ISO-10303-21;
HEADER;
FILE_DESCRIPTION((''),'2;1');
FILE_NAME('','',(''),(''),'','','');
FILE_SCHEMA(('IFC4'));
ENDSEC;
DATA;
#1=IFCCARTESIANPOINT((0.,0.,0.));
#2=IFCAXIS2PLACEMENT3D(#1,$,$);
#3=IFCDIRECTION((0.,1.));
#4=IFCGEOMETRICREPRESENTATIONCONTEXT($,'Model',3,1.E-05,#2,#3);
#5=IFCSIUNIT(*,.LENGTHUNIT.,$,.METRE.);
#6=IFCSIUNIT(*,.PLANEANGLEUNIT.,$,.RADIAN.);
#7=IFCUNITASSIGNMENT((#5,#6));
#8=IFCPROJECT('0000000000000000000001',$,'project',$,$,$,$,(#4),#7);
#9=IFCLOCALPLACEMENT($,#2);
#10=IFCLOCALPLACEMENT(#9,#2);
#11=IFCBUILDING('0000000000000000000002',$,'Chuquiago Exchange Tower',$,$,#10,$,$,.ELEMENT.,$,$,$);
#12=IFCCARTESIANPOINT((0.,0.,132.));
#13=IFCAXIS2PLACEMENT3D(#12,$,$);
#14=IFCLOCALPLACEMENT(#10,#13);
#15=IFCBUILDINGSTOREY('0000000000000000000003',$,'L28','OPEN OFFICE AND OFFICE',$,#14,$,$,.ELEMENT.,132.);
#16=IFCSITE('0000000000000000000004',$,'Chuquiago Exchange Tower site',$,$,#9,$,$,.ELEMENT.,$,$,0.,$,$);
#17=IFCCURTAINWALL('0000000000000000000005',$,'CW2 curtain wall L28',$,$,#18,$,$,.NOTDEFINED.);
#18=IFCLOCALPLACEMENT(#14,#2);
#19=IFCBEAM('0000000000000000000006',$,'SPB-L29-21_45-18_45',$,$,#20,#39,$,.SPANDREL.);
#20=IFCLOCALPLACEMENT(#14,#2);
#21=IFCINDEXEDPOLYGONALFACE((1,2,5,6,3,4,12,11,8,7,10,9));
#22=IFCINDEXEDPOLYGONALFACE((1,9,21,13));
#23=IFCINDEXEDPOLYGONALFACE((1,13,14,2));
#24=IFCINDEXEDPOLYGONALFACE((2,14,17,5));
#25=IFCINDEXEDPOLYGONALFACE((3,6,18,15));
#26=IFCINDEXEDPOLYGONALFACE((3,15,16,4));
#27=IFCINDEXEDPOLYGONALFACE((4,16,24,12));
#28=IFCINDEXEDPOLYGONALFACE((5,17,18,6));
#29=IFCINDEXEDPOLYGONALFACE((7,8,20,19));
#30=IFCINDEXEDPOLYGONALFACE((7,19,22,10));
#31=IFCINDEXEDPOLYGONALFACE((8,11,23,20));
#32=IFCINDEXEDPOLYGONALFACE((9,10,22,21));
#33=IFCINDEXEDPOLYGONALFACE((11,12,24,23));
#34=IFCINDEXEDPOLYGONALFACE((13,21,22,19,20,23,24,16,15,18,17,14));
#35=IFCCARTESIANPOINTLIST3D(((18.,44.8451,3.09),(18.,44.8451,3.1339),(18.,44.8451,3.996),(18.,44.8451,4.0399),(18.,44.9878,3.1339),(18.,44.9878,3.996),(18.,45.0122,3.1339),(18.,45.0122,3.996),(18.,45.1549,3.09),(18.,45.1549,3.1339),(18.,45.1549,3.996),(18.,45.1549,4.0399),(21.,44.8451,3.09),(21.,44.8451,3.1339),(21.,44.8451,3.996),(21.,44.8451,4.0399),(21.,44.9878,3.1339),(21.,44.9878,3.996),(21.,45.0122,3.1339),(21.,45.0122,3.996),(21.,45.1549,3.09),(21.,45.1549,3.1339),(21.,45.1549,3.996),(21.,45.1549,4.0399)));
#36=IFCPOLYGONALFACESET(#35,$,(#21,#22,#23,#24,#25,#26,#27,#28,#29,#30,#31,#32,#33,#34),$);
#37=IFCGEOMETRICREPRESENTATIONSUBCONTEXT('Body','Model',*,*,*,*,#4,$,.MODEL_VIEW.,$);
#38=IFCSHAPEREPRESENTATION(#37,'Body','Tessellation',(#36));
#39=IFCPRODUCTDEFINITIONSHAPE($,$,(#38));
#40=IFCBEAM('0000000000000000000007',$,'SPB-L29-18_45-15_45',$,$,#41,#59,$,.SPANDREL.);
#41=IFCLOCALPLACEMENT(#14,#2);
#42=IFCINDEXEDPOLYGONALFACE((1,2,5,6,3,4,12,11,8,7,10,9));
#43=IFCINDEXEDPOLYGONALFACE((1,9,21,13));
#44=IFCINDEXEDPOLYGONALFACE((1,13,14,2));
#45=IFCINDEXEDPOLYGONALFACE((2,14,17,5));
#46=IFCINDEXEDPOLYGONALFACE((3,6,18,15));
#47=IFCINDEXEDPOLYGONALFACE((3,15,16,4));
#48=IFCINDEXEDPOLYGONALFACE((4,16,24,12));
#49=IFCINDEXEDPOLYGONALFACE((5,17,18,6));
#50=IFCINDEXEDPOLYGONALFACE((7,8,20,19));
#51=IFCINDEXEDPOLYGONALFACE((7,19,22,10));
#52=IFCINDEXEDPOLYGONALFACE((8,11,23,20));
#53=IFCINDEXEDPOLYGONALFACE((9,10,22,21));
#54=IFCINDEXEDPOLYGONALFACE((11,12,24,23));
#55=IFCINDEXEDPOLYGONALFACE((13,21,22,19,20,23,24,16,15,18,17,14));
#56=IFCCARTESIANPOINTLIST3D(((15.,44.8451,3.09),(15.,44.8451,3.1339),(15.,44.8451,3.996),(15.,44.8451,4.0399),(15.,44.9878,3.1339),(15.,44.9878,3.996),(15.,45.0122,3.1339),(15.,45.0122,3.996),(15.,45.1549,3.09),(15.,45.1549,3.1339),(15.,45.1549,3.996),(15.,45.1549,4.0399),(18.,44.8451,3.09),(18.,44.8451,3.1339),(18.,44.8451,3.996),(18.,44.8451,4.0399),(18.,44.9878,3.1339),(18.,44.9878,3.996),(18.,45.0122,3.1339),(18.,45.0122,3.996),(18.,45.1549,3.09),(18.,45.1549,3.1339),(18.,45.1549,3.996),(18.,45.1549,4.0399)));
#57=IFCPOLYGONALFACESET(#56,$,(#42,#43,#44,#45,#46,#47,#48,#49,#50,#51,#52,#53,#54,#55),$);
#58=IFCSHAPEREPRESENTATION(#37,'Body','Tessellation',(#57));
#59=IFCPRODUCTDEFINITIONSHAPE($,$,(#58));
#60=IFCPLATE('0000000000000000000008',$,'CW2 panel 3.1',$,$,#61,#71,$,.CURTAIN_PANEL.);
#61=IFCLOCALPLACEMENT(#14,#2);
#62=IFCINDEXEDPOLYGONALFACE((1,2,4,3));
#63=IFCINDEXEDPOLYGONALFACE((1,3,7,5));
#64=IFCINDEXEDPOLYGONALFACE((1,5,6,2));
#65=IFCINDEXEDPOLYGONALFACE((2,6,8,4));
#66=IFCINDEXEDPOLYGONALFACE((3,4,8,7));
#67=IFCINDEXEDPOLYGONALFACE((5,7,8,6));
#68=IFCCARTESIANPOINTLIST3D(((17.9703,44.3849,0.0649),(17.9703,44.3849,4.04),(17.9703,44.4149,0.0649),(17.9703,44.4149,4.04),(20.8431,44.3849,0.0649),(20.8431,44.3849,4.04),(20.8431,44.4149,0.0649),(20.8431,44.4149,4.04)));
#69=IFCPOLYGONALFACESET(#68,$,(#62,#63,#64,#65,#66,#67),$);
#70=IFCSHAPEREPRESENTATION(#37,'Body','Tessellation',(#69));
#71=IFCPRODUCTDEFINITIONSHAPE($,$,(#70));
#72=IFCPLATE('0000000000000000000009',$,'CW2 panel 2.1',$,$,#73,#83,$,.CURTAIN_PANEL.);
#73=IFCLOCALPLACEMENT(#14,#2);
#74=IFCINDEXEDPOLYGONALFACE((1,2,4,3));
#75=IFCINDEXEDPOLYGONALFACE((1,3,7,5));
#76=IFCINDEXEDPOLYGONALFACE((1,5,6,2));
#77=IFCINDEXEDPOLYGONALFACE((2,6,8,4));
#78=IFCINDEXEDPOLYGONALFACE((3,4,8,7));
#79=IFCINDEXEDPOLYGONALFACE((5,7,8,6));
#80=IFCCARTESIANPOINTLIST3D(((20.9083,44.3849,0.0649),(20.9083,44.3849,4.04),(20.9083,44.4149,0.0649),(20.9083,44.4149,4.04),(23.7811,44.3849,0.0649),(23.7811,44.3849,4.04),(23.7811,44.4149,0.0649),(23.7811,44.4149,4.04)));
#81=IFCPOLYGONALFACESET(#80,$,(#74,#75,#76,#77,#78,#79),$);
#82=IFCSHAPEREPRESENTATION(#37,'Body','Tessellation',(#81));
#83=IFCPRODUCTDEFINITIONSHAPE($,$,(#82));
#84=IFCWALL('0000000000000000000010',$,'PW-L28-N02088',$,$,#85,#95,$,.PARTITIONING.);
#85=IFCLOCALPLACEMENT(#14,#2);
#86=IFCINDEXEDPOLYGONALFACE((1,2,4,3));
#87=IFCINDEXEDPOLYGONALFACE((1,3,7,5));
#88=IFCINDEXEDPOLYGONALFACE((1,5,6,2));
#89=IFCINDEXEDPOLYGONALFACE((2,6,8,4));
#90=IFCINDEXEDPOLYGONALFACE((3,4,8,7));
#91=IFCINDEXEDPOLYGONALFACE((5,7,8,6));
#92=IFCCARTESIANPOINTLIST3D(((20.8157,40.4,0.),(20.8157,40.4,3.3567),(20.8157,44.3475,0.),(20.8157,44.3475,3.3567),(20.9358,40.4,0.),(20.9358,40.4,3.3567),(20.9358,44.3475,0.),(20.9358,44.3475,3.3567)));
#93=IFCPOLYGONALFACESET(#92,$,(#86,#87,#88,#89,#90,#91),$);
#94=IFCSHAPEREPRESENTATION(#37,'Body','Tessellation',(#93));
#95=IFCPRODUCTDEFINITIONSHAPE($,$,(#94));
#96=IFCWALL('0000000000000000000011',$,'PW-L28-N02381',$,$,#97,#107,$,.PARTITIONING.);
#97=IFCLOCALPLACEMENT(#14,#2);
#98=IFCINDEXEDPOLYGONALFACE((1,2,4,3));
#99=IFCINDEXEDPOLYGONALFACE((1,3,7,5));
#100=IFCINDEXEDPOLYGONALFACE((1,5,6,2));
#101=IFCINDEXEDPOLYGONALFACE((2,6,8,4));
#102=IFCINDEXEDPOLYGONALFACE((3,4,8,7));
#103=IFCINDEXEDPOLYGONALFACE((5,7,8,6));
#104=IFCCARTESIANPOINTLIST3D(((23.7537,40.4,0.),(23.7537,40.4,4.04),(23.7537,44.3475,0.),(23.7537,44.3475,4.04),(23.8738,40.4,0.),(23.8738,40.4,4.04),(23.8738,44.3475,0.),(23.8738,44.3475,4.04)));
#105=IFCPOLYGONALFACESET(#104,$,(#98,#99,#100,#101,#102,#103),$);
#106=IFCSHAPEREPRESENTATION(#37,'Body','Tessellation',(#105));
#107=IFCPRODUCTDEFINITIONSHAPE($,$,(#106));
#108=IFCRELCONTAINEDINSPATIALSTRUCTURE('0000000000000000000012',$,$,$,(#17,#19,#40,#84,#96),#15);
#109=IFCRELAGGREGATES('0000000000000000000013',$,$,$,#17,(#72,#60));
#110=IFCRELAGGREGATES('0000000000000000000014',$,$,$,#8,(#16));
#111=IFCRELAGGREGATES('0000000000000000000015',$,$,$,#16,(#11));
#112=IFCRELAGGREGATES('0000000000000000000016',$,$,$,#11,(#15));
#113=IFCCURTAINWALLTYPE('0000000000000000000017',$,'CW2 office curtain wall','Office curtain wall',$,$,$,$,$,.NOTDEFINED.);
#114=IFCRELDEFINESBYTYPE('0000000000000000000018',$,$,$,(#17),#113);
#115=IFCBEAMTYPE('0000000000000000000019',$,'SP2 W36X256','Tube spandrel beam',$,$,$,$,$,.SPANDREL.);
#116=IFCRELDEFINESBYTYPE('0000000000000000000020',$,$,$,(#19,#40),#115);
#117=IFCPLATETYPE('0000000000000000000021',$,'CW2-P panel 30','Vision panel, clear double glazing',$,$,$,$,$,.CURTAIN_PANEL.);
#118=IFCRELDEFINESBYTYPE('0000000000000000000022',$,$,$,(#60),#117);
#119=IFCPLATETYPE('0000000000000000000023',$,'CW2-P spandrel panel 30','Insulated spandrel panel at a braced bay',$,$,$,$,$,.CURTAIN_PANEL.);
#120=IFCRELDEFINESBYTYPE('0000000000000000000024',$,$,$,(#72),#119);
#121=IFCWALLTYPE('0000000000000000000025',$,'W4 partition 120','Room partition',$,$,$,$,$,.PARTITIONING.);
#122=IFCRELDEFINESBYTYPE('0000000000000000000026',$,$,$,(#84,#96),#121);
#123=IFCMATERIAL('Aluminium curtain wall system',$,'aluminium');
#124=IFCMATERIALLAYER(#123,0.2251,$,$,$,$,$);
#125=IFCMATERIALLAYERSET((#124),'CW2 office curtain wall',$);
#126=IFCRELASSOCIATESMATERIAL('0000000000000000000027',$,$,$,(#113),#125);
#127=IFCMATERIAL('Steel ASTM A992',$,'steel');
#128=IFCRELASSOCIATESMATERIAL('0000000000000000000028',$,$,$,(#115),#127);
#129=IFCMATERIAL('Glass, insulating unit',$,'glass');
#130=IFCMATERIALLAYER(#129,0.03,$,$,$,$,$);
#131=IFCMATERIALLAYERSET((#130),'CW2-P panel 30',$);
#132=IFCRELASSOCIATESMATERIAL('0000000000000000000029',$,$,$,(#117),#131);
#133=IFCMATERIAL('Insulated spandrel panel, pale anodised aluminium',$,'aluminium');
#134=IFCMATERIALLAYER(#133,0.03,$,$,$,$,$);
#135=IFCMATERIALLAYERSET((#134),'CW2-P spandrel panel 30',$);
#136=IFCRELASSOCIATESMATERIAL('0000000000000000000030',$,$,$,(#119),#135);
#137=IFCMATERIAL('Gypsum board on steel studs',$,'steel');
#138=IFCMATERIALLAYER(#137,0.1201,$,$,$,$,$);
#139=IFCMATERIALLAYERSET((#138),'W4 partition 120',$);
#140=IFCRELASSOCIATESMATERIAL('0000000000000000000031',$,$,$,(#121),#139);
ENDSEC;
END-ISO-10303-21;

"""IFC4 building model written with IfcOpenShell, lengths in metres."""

from ifc_helpers import new_model, si_unit, direction, frame, frame_2d, origin, origin_2d, place, context, subcontext, project, spatial, rectangle, i_section, extrude, material, layer, layer_set, material_profile, profile_set, type_object, element, aggregate, save


model = new_model("IFC4")

# Units and contexts
model_context = context("Model", 3, precision=1e-05, world=origin(), true_north=direction((0.0, 1.0)))
body_context = subcontext(model_context, "Body", "Model", "MODEL_VIEW")
ifc_project = project(units=[si_unit("LENGTHUNIT", "METRE"), si_unit("PLANEANGLEUNIT", "RADIAN")], contexts=[model_context])

# Site, building, storey
site_placement = place(None, origin())
site = spatial("IfcSite", under=ifc_project, at=site_placement, Name="Chuquiago Exchange Tower site", CompositionType="ELEMENT", RefElevation=0.0)
building_placement = place(site_placement, origin())
building = spatial("IfcBuilding", under=site, at=building_placement, Name="Chuquiago Exchange Tower", CompositionType="ELEMENT")
storey_placement = place(building_placement, frame((0.0, 0.0, 132.0)))
storey = spatial("IfcBuildingStorey", under=building, at=storey_placement, Name="L28", Description="OPEN OFFICE AND OFFICE", CompositionType="ELEMENT", Elevation=132.0)

# Curtain wall
ifc_material_1 = material(Name="Aluminium curtain wall system", Category="aluminium")
ifc_layer_1 = layer(ifc_material_1, 0.2251)
ifc_layer_set_1 = layer_set([ifc_layer_1], Name="CW2 office curtain wall")
curtain_wall_type = type_object("IfcCurtainWallType", Name="CW2 office curtain wall", Description="Office curtain wall", PredefinedType="NOTDEFINED", material=ifc_layer_set_1)
curtain_wall_placement = place(storey_placement, origin())
curtain_wall = element("IfcCurtainWall", 1, at=curtain_wall_placement, inside=storey, type_object=curtain_wall_type, Name="CW2 curtain wall L28", PredefinedType="NOTDEFINED")

# Beams
ifc_material_2 = material(Name="Steel ASTM A992", Category="steel")
ifc_material_profile_1 = material_profile(ifc_material_2, i_section(OverallWidth=0.3098, OverallDepth=0.95, WebThickness=0.0244, FlangeThickness=0.0439, at=origin_2d()), Name="W36X256")
ifc_profile_set_1 = profile_set([ifc_material_profile_1], Name="Steel ASTM A992")
beam_type = type_object("IfcBeamType", Name="SP2 W36X256", Description="Tube spandrel beam", PredefinedType="SPANDREL", material=ifc_profile_set_1)
for number, where, z_axis, x_axis, name in (
    (2, (21.0, 45.0, 3.5649), (-1.0, 0.0, 0.0), (0.0, -1.0, 0.0), "SPB-L29-21_45-18_45"),
    (3, (18.0, 45.0, 3.5649), (-1.0, 0.0, 0.0), (0.0, -1.0, 0.0), "SPB-L29-18_45-15_45"),
):
    element("IfcBeam", number, at=place(storey_placement, frame(where, z_axis=z_axis, x_axis=x_axis)), inside=storey, type_object=beam_type, Name=name, PredefinedType="SPANDREL", context=body_context, shape_type="SweptSolid", body=[
        extrude(i_section(OverallWidth=0.3098, OverallDepth=0.95, WebThickness=0.0244, FlangeThickness=0.0439, at=origin_2d()), origin(), (0.0, 0.0, 1.0), 3.0),
    ])

# Plates
ifc_material_3 = material(Name="Glass, insulating unit", Category="glass")
ifc_layer_2 = layer(ifc_material_3, 0.03)
ifc_layer_set_2 = layer_set([ifc_layer_2], Name="CW2-P panel 30")
plate_type_1 = type_object("IfcPlateType", Name="CW2-P panel 30", Description="Vision panel, clear double glazing", PredefinedType="CURTAIN_PANEL", material=ifc_layer_set_2)
plate_1_placement = place(storey_placement, frame((19.4067, 44.3999, 0.0649), z_axis=(0.0, 0.0, 1.0), x_axis=(-1.0, 0.0, 0.0)))
plate_1 = element("IfcPlate", 4, at=plate_1_placement, type_object=plate_type_1, Name="CW2 panel 3.1", PredefinedType="CURTAIN_PANEL", context=body_context, shape_type="SweptSolid", body=[
    extrude(rectangle(XDim=2.8728, YDim=0.03, at=origin_2d()), origin(), (0.0, 0.0, 1.0), 3.9751),
])
ifc_material_4 = material(Name="Insulated spandrel panel, pale anodised aluminium", Category="aluminium")
ifc_layer_3 = layer(ifc_material_4, 0.03)
ifc_layer_set_3 = layer_set([ifc_layer_3], Name="CW2-P spandrel panel 30")
plate_type_2 = type_object("IfcPlateType", Name="CW2-P spandrel panel 30", Description="Insulated spandrel panel at a braced bay", PredefinedType="CURTAIN_PANEL", material=ifc_layer_set_3)
plate_2_placement = place(storey_placement, frame((22.3447, 44.3999, 0.0649), z_axis=(0.0, 0.0, 1.0), x_axis=(-1.0, 0.0, 0.0)))
plate_2 = element("IfcPlate", 5, at=plate_2_placement, type_object=plate_type_2, Name="CW2 panel 2.1", PredefinedType="CURTAIN_PANEL", context=body_context, shape_type="SweptSolid", body=[
    extrude(rectangle(XDim=2.8728, YDim=0.03, at=origin_2d()), origin(), (0.0, 0.0, 1.0), 3.9751),
])
aggregate(curtain_wall, [plate_2, plate_1])

# Walls
ifc_material_5 = material(Name="Gypsum board on steel studs", Category="steel")
ifc_layer_4 = layer(ifc_material_5, 0.1201)
ifc_layer_set_4 = layer_set([ifc_layer_4], Name="W4 partition 120")
wall_type = type_object("IfcWallType", Name="W4 partition 120", Description="Room partition", PredefinedType="PARTITIONING", material=ifc_layer_set_4)
wall_1_placement = place(storey_placement, frame((20.8757, 44.3474, 0.0), z_axis=(0.0, 0.0, 1.0), x_axis=(0.0, -1.0, 0.0)))
element("IfcWall", 6, at=wall_1_placement, inside=storey, type_object=wall_type, Name="PW-L28-N02088", PredefinedType="PARTITIONING", context=body_context, shape_type="SweptSolid", body=[
    extrude(rectangle(XDim=3.9475, YDim=0.1201, at=frame_2d((1.9736, 0.0))), origin(), (0.0, 0.0, 1.0), 3.3567),
])
wall_2_placement = place(storey_placement, frame((23.8137, 44.3474, 0.0), z_axis=(0.0, 0.0, 1.0), x_axis=(0.0, -1.0, 0.0)))
element("IfcWall", 7, at=wall_2_placement, inside=storey, type_object=wall_type, Name="PW-L28-N02381", PredefinedType="PARTITIONING", context=body_context, shape_type="SweptSolid", body=[
    extrude(rectangle(XDim=3.9475, YDim=0.1201, at=frame_2d((1.9736, 0.0))), origin(), (0.0, 0.0, 1.0), 4.04),
])

save(model, "model.ifc")
